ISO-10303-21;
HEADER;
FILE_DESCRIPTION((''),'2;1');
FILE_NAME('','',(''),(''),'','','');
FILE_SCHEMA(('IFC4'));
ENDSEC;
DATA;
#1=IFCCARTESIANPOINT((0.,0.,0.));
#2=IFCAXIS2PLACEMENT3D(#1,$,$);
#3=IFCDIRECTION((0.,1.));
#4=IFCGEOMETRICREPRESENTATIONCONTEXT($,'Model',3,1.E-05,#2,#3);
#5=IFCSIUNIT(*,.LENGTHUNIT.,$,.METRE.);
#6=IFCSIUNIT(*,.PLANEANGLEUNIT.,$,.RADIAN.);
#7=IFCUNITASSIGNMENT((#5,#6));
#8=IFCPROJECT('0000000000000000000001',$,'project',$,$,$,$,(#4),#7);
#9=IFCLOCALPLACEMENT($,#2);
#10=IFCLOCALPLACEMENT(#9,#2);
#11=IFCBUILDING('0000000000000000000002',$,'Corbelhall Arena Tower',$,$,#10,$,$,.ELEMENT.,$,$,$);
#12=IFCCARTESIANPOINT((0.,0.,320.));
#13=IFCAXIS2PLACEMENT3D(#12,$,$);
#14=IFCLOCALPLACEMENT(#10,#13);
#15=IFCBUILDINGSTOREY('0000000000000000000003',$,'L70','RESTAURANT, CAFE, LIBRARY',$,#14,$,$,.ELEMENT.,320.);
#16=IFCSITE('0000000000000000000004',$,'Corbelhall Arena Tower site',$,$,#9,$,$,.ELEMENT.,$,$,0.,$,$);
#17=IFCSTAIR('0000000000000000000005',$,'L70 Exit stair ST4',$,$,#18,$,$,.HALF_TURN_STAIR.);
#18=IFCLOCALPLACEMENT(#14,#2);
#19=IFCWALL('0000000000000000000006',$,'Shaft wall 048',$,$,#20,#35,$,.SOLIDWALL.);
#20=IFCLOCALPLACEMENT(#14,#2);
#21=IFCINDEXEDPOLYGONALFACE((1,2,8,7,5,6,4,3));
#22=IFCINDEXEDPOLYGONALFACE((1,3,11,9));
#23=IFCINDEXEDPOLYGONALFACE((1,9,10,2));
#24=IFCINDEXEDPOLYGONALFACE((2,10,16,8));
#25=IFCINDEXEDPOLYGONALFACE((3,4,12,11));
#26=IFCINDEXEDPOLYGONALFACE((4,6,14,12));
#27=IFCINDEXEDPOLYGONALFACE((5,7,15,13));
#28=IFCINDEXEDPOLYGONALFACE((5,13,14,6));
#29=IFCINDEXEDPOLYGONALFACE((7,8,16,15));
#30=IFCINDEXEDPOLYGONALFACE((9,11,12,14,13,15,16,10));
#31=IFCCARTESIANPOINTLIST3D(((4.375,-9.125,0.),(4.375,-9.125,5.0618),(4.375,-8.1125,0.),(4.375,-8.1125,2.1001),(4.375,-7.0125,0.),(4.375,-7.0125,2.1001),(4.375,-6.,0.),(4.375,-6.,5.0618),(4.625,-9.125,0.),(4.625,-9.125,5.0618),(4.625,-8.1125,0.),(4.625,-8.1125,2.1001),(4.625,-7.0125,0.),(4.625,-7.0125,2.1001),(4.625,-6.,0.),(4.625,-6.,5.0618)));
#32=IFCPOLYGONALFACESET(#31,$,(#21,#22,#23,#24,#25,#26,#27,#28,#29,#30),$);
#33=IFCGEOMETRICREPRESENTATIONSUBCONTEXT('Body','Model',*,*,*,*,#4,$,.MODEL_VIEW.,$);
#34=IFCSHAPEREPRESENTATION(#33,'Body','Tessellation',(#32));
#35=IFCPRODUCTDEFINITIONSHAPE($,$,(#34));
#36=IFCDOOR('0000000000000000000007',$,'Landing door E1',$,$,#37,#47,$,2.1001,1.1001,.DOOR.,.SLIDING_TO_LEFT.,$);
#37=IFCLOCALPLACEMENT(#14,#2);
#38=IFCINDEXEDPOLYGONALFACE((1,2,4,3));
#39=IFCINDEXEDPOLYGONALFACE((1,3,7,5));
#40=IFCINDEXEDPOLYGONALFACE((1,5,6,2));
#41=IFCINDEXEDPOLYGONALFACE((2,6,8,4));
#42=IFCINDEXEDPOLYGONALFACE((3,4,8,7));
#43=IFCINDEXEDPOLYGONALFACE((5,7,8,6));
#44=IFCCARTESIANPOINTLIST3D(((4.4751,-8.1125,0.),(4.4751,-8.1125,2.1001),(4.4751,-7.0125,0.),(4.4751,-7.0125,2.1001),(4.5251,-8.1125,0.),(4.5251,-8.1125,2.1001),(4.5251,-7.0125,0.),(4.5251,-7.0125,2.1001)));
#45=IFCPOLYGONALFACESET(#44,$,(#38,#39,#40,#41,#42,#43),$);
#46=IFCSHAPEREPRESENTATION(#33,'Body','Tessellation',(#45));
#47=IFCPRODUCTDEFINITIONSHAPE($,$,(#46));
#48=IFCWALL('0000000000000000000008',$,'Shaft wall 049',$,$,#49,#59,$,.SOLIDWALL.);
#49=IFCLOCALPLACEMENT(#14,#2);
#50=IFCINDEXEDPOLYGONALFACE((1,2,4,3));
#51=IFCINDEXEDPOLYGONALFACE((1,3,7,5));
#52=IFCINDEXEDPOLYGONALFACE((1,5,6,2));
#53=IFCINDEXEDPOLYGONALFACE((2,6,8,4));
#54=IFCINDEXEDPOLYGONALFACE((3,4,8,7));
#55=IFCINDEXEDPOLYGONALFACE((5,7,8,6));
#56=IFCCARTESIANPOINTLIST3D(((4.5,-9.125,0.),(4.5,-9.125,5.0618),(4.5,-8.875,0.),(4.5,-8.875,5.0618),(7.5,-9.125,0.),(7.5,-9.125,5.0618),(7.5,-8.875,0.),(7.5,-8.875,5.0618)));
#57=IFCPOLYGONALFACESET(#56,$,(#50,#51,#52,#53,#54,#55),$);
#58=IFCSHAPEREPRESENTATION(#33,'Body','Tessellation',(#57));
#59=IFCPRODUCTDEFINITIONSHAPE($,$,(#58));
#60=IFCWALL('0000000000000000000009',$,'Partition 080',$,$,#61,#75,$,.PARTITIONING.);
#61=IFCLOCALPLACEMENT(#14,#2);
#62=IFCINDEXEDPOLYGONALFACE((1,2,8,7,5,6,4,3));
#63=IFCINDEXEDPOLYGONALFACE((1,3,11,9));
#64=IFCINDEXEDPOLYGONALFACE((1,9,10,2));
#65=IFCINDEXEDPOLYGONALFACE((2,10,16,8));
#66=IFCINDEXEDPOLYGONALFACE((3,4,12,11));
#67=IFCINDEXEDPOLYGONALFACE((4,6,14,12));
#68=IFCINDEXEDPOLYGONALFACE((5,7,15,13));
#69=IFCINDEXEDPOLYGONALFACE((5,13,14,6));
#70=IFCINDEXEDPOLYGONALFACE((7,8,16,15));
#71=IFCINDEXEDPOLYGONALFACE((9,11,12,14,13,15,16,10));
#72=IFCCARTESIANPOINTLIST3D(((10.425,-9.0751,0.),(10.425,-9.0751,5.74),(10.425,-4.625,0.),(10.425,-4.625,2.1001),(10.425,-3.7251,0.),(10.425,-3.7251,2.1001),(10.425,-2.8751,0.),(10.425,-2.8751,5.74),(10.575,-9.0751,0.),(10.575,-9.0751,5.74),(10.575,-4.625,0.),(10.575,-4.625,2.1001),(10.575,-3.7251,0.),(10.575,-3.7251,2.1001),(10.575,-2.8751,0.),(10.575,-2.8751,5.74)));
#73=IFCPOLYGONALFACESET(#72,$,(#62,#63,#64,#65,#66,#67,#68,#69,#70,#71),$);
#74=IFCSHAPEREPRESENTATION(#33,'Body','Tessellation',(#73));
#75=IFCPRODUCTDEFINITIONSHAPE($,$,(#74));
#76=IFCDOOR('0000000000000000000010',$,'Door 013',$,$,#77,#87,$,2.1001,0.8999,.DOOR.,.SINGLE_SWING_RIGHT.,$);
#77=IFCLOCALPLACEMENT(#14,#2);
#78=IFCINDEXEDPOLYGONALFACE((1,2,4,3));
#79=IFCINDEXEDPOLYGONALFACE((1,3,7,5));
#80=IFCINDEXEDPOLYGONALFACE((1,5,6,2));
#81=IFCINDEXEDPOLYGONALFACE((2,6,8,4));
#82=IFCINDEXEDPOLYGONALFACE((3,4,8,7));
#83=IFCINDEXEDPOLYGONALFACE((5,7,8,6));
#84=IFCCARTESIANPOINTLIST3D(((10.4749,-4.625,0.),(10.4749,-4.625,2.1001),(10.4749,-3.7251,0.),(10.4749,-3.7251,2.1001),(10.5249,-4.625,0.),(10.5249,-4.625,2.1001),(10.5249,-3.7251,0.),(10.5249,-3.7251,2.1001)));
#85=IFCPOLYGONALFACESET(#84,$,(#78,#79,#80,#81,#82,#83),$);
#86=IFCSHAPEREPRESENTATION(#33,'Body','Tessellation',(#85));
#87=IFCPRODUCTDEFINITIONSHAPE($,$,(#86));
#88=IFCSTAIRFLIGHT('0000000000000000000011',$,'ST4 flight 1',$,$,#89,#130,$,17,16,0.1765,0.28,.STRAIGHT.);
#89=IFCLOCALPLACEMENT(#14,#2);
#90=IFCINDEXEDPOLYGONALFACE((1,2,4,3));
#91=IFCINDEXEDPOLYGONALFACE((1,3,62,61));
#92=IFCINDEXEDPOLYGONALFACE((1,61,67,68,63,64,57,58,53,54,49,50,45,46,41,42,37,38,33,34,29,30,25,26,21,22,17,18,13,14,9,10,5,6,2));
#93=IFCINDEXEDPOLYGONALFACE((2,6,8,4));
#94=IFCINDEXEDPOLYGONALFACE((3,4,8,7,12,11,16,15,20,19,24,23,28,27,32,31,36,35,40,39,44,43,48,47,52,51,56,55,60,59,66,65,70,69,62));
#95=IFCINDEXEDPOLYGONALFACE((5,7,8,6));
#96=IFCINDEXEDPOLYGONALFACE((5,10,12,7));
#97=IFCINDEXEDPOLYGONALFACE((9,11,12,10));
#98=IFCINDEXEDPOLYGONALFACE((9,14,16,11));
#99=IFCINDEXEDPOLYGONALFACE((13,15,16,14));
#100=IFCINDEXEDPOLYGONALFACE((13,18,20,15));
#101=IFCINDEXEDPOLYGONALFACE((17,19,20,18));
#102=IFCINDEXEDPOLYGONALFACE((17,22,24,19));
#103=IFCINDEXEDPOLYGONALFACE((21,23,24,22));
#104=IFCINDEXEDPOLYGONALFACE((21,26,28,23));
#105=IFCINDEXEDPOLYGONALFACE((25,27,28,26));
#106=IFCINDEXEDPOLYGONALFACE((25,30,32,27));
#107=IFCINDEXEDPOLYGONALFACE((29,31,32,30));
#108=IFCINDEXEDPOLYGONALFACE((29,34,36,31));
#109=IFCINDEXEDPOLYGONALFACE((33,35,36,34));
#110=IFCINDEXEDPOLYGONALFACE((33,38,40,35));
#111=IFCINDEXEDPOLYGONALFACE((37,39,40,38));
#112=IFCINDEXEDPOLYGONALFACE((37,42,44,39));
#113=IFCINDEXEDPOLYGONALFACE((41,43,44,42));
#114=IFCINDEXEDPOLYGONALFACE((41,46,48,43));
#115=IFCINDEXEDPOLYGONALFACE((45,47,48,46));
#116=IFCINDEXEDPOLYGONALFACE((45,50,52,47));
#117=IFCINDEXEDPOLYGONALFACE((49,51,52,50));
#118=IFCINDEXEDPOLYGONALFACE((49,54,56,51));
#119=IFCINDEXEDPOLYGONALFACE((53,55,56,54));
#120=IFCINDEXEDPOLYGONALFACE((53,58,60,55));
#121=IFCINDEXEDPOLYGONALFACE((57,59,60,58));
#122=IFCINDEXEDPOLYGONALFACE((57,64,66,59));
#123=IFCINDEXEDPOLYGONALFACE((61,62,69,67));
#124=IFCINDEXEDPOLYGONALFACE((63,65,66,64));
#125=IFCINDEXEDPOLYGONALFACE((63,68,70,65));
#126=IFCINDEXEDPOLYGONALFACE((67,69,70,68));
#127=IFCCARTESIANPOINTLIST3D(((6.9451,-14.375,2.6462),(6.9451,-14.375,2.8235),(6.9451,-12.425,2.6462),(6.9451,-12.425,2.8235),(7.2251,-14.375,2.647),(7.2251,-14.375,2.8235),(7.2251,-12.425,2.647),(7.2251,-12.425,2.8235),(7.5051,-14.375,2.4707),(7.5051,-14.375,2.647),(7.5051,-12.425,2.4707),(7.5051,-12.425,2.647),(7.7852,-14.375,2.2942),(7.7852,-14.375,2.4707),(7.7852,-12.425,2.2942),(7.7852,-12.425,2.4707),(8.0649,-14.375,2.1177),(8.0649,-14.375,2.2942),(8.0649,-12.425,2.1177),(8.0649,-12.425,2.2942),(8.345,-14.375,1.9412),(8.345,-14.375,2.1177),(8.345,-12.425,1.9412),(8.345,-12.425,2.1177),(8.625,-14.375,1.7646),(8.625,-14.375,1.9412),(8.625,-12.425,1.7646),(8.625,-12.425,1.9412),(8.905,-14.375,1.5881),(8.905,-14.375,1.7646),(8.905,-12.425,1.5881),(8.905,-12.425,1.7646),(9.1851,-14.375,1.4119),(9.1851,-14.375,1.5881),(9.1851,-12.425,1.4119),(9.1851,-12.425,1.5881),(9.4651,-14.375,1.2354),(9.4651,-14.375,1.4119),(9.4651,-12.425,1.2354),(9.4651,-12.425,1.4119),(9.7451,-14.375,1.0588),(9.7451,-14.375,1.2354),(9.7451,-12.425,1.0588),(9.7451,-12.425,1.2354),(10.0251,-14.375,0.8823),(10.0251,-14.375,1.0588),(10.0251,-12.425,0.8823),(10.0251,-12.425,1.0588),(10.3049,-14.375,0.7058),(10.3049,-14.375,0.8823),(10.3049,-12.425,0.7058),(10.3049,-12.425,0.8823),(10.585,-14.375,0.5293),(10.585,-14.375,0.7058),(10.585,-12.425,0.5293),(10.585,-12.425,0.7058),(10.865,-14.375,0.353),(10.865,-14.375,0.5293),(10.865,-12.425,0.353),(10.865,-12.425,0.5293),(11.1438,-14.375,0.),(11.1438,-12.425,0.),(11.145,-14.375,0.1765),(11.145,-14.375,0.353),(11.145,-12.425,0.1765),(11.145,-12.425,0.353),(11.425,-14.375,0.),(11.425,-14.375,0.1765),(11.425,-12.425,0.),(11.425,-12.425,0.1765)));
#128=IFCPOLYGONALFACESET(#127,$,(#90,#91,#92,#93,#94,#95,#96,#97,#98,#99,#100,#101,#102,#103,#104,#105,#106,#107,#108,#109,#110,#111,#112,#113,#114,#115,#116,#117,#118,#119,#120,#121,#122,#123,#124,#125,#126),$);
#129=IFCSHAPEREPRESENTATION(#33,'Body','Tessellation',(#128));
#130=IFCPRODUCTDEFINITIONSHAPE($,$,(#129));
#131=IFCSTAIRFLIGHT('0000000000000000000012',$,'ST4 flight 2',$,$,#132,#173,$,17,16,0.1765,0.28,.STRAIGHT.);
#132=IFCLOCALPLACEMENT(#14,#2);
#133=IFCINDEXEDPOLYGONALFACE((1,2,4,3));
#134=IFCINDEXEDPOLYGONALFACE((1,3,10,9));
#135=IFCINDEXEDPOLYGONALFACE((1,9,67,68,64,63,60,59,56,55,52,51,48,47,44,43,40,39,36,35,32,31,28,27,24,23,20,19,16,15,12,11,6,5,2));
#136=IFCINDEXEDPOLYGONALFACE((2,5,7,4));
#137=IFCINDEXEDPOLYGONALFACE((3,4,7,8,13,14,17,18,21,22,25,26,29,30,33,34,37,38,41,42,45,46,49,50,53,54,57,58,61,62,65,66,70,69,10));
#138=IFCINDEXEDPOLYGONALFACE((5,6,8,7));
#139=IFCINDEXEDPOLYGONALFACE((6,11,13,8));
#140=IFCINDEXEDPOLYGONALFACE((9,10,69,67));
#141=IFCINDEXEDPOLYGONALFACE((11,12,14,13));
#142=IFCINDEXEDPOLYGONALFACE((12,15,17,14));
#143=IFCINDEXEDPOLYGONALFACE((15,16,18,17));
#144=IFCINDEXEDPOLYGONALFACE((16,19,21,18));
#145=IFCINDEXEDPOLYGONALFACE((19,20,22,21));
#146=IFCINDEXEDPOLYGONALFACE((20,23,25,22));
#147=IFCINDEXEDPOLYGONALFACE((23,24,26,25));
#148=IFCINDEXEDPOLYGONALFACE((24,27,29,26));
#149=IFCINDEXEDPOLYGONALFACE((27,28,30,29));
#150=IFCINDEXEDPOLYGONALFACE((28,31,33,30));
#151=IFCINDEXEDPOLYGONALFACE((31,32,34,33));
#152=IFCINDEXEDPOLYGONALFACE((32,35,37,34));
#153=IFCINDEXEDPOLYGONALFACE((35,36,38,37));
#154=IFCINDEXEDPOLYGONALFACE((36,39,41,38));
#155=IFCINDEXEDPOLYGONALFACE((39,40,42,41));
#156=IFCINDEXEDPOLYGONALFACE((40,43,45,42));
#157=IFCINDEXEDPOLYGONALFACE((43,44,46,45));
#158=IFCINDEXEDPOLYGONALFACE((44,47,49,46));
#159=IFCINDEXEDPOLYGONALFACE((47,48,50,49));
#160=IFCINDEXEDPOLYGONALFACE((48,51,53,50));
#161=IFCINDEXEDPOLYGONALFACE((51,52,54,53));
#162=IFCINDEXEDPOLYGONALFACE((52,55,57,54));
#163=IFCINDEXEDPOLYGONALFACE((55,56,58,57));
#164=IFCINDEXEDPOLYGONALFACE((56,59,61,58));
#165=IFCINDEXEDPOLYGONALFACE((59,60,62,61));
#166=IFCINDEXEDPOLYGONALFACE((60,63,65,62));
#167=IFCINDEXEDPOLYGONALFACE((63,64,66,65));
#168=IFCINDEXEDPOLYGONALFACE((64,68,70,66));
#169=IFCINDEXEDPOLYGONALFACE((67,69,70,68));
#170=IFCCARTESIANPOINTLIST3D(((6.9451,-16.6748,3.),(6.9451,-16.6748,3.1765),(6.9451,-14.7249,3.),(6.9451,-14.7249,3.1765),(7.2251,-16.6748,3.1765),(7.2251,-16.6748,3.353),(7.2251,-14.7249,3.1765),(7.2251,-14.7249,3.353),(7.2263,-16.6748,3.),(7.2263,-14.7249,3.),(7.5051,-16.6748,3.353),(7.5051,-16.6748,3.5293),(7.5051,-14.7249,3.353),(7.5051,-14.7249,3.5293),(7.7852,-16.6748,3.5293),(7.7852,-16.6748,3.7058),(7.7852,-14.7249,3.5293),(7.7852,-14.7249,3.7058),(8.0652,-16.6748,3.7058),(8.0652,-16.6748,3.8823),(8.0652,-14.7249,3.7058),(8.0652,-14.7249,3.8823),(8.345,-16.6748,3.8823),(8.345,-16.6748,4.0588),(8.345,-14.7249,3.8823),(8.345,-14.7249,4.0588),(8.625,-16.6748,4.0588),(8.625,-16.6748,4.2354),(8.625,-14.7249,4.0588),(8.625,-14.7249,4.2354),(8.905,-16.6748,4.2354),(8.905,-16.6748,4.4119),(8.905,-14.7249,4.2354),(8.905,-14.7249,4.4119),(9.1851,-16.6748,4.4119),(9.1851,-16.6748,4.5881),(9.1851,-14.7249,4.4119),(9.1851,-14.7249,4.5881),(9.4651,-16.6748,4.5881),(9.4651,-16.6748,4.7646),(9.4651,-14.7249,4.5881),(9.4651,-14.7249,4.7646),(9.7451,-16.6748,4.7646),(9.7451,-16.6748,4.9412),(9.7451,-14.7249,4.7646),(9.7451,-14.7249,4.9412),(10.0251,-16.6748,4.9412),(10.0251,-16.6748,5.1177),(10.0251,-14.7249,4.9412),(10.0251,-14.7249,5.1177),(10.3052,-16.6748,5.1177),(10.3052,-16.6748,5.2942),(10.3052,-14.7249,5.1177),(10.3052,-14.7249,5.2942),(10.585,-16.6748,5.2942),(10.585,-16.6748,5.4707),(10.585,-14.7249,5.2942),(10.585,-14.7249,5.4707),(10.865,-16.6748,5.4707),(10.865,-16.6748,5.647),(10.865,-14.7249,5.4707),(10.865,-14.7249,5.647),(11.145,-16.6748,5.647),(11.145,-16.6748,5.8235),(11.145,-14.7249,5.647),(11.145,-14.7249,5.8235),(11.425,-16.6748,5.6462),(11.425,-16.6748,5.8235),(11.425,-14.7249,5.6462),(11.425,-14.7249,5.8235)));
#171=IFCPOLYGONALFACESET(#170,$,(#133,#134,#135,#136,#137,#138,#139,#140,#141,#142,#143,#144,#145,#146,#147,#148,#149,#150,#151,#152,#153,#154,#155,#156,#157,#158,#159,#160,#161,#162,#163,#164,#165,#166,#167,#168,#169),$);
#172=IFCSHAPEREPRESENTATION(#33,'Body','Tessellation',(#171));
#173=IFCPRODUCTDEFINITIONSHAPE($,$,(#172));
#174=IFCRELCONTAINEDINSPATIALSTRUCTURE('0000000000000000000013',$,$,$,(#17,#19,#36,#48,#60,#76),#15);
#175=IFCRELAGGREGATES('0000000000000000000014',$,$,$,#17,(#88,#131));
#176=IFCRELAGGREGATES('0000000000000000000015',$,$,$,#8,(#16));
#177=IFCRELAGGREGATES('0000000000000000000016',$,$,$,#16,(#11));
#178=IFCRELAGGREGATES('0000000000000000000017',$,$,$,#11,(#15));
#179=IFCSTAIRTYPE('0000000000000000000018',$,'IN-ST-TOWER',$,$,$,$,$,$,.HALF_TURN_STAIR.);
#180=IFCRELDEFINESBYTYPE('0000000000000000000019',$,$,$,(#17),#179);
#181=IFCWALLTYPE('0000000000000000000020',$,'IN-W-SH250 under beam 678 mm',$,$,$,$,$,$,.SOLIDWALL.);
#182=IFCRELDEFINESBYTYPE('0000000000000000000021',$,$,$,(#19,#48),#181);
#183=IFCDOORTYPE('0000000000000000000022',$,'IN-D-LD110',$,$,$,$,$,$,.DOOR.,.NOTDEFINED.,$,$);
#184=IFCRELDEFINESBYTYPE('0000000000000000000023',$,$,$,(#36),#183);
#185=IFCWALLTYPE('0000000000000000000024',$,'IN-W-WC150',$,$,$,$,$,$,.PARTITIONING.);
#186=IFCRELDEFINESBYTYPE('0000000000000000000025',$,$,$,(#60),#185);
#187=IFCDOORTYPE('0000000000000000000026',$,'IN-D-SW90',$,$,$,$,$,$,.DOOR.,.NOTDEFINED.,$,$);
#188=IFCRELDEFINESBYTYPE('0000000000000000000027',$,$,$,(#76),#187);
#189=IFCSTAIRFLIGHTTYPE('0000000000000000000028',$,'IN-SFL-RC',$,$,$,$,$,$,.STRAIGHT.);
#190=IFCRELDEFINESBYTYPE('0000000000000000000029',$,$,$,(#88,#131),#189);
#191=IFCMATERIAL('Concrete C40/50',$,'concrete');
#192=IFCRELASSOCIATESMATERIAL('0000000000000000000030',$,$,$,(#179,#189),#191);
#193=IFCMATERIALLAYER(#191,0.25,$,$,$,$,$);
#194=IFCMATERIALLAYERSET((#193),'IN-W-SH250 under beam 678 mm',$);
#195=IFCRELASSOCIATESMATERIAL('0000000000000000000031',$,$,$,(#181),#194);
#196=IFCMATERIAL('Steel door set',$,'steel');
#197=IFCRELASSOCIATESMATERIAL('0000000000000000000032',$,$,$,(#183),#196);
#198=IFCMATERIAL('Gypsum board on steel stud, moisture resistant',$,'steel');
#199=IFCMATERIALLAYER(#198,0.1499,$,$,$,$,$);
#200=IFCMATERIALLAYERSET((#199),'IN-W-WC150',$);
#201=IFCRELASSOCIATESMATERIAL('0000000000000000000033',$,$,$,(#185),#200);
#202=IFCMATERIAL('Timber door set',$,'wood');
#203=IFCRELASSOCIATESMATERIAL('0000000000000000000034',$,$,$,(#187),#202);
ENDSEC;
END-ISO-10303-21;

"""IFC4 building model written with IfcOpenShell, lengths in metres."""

from ifc_helpers import new_model, si_unit, direction, frame, frame_2d, origin, place, context, subcontext, project, spatial, polyline, rectangle, outline, extrude, material, layer, layer_set, type_object, element, fill, aggregate, save


model = new_model("IFC4")

# Units and contexts
model_context = context("Model", 3, precision=1e-05, world=origin(), true_north=direction((0.0, 1.0)))
body_context = subcontext(model_context, "Body", "Model", "MODEL_VIEW")
ifc_project = project(units=[si_unit("LENGTHUNIT", "METRE"), si_unit("PLANEANGLEUNIT", "RADIAN")], contexts=[model_context])

# Site, building, storey
site_placement = place(None, origin())
site = spatial("IfcSite", under=ifc_project, at=site_placement, Name="Corbelhall Arena Tower site", CompositionType="ELEMENT", RefElevation=0.0)
building_placement = place(site_placement, origin())
building = spatial("IfcBuilding", under=site, at=building_placement, Name="Corbelhall Arena Tower", CompositionType="ELEMENT")
storey_placement = place(building_placement, frame((0.0, 0.0, 320.0)))
storey = spatial("IfcBuildingStorey", under=building, at=storey_placement, Name="L70", Description="RESTAURANT, CAFE, LIBRARY", CompositionType="ELEMENT", Elevation=320.0)

# Shared definitions
ifc_material_1 = material(Name="Concrete C40/50", Category="concrete")

# Stair
stair_type = type_object("IfcStairType", Name="IN-ST-TOWER", PredefinedType="HALF_TURN_STAIR", material=ifc_material_1)
stair_1_placement = place(storey_placement, origin())
stair_1 = element("IfcStair", 1, at=stair_1_placement, inside=storey, type_object=stair_type, Name="L70 Exit stair ST4", PredefinedType="HALF_TURN_STAIR")

# Shared definitions
ifc_material_2 = material(Name="Steel door set", Category="steel")

# Wall, opening, door
ifc_layer_1 = layer(ifc_material_1, 0.25)
ifc_layer_set_1 = layer_set([ifc_layer_1], Name="IN-W-SH250 under beam 678 mm")
wall_type_1 = type_object("IfcWallType", Name="IN-W-SH250 under beam 678 mm", PredefinedType="SOLIDWALL", material=ifc_layer_set_1)
wall_1_placement = place(storey_placement, frame((4.5, -9.125, 0.0), z_axis=(0.0, 0.0, 1.0), x_axis=(0.0, 1.0, 0.0)))
wall_1 = element("IfcWall", 2, at=wall_1_placement, inside=storey, type_object=wall_type_1, Name="Shaft wall 048", PredefinedType="SOLIDWALL", context=body_context, shape_type="SweptSolid", body=[
    extrude(rectangle(XDim=3.125, YDim=0.25, at=frame_2d((1.5625, 0.0))), origin(), (0.0, 0.0, 1.0), 5.0618),
])
opening_1_placement = place(wall_1_placement, frame((1.0125, 0.0, 0.0)))
opening_1 = element("IfcOpeningElement", 3, at=opening_1_placement, cuts=wall_1, PredefinedType="OPENING", context=body_context, shape_type="SweptSolid", body=[
    extrude(rectangle(XDim=1.1001, YDim=2.1001, at=frame_2d((0.55, 1.05))), frame((0.0, 0.125, 0.0), z_axis=(0.0, -1.0, 0.0), x_axis=(1.0, 0.0, 0.0)), (0.0, 0.0, 1.0), 0.25),
])
door_type_1 = type_object("IfcDoorType", Name="IN-D-LD110", OperationType="NOTDEFINED", PredefinedType="DOOR", material=ifc_material_2)
door_1_placement = place(opening_1_placement, origin())
door_1 = element("IfcDoor", 4, at=door_1_placement, inside=storey, type_object=door_type_1, Name="Landing door E1", OperationType="SLIDING_TO_LEFT", OverallHeight=2.1001, OverallWidth=1.1001, PredefinedType="DOOR", context=body_context, shape_type="SweptSolid", body=[
    extrude(rectangle(XDim=1.1001, YDim=2.1001, at=frame_2d((0.55, 1.05))), frame((0.0, 0.0249, 0.0), z_axis=(0.0, -1.0, 0.0), x_axis=(1.0, 0.0, 0.0)), (0.0, 0.0, 1.0), 0.05),
])
fill(opening_1, door_1)

# Wall
wall_2_placement = place(storey_placement, frame((7.5, -9.0, 0.0), z_axis=(0.0, 0.0, 1.0), x_axis=(-1.0, 0.0, 0.0)))
element("IfcWall", 5, at=wall_2_placement, inside=storey, type_object=wall_type_1, Name="Shaft wall 049", PredefinedType="SOLIDWALL", context=body_context, shape_type="SweptSolid", body=[
    extrude(rectangle(XDim=3.0, YDim=0.25, at=frame_2d((1.5, 0.0))), origin(), (0.0, 0.0, 1.0), 5.0618),
])

# Wall, opening, door
ifc_material_3 = material(Name="Gypsum board on steel stud, moisture resistant", Category="steel")
ifc_layer_2 = layer(ifc_material_3, 0.1499)
ifc_layer_set_2 = layer_set([ifc_layer_2], Name="IN-W-WC150")
wall_type_2 = type_object("IfcWallType", Name="IN-W-WC150", PredefinedType="PARTITIONING", material=ifc_layer_set_2)
wall_3_placement = place(storey_placement, frame((10.5, -2.875, 0.0), z_axis=(0.0, 0.0, 1.0), x_axis=(0.0, -1.0, 0.0)))
wall_3 = element("IfcWall", 6, at=wall_3_placement, inside=storey, type_object=wall_type_2, Name="Partition 080", PredefinedType="PARTITIONING", context=body_context, shape_type="SweptSolid", body=[
    extrude(rectangle(XDim=6.2, YDim=0.1499, at=frame_2d((3.1001, 0.0))), origin(), (0.0, 0.0, 1.0), 5.74),
])
opening_2_placement = place(wall_3_placement, frame((0.8501, 0.0, 0.0)))
opening_2 = element("IfcOpeningElement", 7, at=opening_2_placement, cuts=wall_3, PredefinedType="OPENING", context=body_context, shape_type="SweptSolid", body=[
    extrude(rectangle(XDim=0.8999, YDim=2.1001, at=frame_2d((0.45, 1.05))), frame((0.0, 0.075, 0.0), z_axis=(0.0, -1.0, 0.0), x_axis=(1.0, 0.0, 0.0)), (0.0, 0.0, 1.0), 0.1499),
])
ifc_material_4 = material(Name="Timber door set", Category="wood")
door_type_2 = type_object("IfcDoorType", Name="IN-D-SW90", OperationType="NOTDEFINED", PredefinedType="DOOR", material=ifc_material_4)
door_2_placement = place(opening_2_placement, origin())
door_2 = element("IfcDoor", 8, at=door_2_placement, inside=storey, type_object=door_type_2, Name="Door 013", OperationType="SINGLE_SWING_RIGHT", OverallHeight=2.1001, OverallWidth=0.8999, PredefinedType="DOOR", context=body_context, shape_type="SweptSolid", body=[
    extrude(rectangle(XDim=0.8999, YDim=2.1001, at=frame_2d((0.45, 1.05))), frame((0.0, 0.0249, 0.0), z_axis=(0.0, -1.0, 0.0), x_axis=(1.0, 0.0, 0.0)), (0.0, 0.0, 1.0), 0.05),
])
fill(opening_2, door_2)

# Stair flights
stair_flight_type = type_object("IfcStairFlightType", Name="IN-SFL-RC", PredefinedType="STRAIGHT", material=ifc_material_1)
stair_flight_1_placement = place(storey_placement, frame((11.425, -13.3999, 0.0), z_axis=(0.0, 0.0, 1.0), x_axis=(-1.0, 0.0, 0.0)))
stair_flight_1 = element("IfcStairFlight", 9, at=stair_flight_1_placement, type_object=stair_flight_type, Name="ST4 flight 1", NumberOfRisers=17, NumberOfTreads=16, PredefinedType="STRAIGHT", RiserHeight=0.1765, TreadLength=0.28, context=body_context, shape_type="SweptSolid", body=[
    extrude(outline(polyline([(0.0, 0.0), (0.0, 0.1765), (0.28, 0.1765), (0.28, 0.353), (0.5601, 0.353), (0.5601, 0.5293), (0.8401, 0.5293), (0.8401, 0.7058), (1.1201, 0.7058), (1.1201, 0.8823), (1.3999, 0.8823), (1.3999, 1.0588), (1.6799, 1.0588), (1.6799, 1.2354), (1.96, 1.2354), (1.96, 1.4119), (2.24, 1.4119), (2.24, 1.5881), (2.52, 1.5881), (2.52, 1.7646), (2.8, 1.7646), (2.8, 1.9412), (3.0801, 1.9412), (3.0801, 2.1177), (3.3601, 2.1177), (3.3601, 2.2942), (3.6399, 2.2942), (3.6399, 2.4707), (3.9199, 2.4707), (3.9199, 2.647), (4.2, 2.647), (4.2, 2.8235), (4.48, 2.8235), (4.48, 3.0), (4.48, 2.6462), (0.2812, 0.0), (0.0, 0.0)])), frame((0.0, 0.9751, 0.0), z_axis=(0.0, -1.0, 0.0), x_axis=(1.0, 0.0, 0.0)), (0.0, 0.0, 1.0), 1.95),
])
stair_flight_2_placement = place(storey_placement, frame((6.9451, -15.7, 3.0), z_axis=(0.0, 0.0, 1.0), x_axis=(1.0, 0.0, 0.0)))
stair_flight_2 = element("IfcStairFlight", 10, at=stair_flight_2_placement, type_object=stair_flight_type, Name="ST4 flight 2", NumberOfRisers=17, NumberOfTreads=16, PredefinedType="STRAIGHT", RiserHeight=0.1765, TreadLength=0.28, context=body_context, shape_type="SweptSolid", body=[
    extrude(outline(polyline([(0.0, 0.0), (0.0, 0.1765), (0.28, 0.1765), (0.28, 0.353), (0.5601, 0.353), (0.5601, 0.5293), (0.8401, 0.5293), (0.8401, 0.7058), (1.1201, 0.7058), (1.1201, 0.8823), (1.3999, 0.8823), (1.3999, 1.0588), (1.6799, 1.0588), (1.6799, 1.2354), (1.96, 1.2354), (1.96, 1.4119), (2.24, 1.4119), (2.24, 1.5881), (2.52, 1.5881), (2.52, 1.7646), (2.8, 1.7646), (2.8, 1.9412), (3.0801, 1.9412), (3.0801, 2.1177), (3.3601, 2.1177), (3.3601, 2.2942), (3.6399, 2.2942), (3.6399, 2.4707), (3.9199, 2.4707), (3.9199, 2.647), (4.2, 2.647), (4.2, 2.8235), (4.48, 2.8235), (4.48, 3.0), (4.48, 2.6462), (0.2812, 0.0), (0.0, 0.0)])), frame((0.0, 0.9751, 0.0), z_axis=(0.0, -1.0, 0.0), x_axis=(1.0, 0.0, 0.0)), (0.0, 0.0, 1.0), 1.95),
])
aggregate(stair_1, [stair_flight_1, stair_flight_2])

save(model, "model.ifc")
